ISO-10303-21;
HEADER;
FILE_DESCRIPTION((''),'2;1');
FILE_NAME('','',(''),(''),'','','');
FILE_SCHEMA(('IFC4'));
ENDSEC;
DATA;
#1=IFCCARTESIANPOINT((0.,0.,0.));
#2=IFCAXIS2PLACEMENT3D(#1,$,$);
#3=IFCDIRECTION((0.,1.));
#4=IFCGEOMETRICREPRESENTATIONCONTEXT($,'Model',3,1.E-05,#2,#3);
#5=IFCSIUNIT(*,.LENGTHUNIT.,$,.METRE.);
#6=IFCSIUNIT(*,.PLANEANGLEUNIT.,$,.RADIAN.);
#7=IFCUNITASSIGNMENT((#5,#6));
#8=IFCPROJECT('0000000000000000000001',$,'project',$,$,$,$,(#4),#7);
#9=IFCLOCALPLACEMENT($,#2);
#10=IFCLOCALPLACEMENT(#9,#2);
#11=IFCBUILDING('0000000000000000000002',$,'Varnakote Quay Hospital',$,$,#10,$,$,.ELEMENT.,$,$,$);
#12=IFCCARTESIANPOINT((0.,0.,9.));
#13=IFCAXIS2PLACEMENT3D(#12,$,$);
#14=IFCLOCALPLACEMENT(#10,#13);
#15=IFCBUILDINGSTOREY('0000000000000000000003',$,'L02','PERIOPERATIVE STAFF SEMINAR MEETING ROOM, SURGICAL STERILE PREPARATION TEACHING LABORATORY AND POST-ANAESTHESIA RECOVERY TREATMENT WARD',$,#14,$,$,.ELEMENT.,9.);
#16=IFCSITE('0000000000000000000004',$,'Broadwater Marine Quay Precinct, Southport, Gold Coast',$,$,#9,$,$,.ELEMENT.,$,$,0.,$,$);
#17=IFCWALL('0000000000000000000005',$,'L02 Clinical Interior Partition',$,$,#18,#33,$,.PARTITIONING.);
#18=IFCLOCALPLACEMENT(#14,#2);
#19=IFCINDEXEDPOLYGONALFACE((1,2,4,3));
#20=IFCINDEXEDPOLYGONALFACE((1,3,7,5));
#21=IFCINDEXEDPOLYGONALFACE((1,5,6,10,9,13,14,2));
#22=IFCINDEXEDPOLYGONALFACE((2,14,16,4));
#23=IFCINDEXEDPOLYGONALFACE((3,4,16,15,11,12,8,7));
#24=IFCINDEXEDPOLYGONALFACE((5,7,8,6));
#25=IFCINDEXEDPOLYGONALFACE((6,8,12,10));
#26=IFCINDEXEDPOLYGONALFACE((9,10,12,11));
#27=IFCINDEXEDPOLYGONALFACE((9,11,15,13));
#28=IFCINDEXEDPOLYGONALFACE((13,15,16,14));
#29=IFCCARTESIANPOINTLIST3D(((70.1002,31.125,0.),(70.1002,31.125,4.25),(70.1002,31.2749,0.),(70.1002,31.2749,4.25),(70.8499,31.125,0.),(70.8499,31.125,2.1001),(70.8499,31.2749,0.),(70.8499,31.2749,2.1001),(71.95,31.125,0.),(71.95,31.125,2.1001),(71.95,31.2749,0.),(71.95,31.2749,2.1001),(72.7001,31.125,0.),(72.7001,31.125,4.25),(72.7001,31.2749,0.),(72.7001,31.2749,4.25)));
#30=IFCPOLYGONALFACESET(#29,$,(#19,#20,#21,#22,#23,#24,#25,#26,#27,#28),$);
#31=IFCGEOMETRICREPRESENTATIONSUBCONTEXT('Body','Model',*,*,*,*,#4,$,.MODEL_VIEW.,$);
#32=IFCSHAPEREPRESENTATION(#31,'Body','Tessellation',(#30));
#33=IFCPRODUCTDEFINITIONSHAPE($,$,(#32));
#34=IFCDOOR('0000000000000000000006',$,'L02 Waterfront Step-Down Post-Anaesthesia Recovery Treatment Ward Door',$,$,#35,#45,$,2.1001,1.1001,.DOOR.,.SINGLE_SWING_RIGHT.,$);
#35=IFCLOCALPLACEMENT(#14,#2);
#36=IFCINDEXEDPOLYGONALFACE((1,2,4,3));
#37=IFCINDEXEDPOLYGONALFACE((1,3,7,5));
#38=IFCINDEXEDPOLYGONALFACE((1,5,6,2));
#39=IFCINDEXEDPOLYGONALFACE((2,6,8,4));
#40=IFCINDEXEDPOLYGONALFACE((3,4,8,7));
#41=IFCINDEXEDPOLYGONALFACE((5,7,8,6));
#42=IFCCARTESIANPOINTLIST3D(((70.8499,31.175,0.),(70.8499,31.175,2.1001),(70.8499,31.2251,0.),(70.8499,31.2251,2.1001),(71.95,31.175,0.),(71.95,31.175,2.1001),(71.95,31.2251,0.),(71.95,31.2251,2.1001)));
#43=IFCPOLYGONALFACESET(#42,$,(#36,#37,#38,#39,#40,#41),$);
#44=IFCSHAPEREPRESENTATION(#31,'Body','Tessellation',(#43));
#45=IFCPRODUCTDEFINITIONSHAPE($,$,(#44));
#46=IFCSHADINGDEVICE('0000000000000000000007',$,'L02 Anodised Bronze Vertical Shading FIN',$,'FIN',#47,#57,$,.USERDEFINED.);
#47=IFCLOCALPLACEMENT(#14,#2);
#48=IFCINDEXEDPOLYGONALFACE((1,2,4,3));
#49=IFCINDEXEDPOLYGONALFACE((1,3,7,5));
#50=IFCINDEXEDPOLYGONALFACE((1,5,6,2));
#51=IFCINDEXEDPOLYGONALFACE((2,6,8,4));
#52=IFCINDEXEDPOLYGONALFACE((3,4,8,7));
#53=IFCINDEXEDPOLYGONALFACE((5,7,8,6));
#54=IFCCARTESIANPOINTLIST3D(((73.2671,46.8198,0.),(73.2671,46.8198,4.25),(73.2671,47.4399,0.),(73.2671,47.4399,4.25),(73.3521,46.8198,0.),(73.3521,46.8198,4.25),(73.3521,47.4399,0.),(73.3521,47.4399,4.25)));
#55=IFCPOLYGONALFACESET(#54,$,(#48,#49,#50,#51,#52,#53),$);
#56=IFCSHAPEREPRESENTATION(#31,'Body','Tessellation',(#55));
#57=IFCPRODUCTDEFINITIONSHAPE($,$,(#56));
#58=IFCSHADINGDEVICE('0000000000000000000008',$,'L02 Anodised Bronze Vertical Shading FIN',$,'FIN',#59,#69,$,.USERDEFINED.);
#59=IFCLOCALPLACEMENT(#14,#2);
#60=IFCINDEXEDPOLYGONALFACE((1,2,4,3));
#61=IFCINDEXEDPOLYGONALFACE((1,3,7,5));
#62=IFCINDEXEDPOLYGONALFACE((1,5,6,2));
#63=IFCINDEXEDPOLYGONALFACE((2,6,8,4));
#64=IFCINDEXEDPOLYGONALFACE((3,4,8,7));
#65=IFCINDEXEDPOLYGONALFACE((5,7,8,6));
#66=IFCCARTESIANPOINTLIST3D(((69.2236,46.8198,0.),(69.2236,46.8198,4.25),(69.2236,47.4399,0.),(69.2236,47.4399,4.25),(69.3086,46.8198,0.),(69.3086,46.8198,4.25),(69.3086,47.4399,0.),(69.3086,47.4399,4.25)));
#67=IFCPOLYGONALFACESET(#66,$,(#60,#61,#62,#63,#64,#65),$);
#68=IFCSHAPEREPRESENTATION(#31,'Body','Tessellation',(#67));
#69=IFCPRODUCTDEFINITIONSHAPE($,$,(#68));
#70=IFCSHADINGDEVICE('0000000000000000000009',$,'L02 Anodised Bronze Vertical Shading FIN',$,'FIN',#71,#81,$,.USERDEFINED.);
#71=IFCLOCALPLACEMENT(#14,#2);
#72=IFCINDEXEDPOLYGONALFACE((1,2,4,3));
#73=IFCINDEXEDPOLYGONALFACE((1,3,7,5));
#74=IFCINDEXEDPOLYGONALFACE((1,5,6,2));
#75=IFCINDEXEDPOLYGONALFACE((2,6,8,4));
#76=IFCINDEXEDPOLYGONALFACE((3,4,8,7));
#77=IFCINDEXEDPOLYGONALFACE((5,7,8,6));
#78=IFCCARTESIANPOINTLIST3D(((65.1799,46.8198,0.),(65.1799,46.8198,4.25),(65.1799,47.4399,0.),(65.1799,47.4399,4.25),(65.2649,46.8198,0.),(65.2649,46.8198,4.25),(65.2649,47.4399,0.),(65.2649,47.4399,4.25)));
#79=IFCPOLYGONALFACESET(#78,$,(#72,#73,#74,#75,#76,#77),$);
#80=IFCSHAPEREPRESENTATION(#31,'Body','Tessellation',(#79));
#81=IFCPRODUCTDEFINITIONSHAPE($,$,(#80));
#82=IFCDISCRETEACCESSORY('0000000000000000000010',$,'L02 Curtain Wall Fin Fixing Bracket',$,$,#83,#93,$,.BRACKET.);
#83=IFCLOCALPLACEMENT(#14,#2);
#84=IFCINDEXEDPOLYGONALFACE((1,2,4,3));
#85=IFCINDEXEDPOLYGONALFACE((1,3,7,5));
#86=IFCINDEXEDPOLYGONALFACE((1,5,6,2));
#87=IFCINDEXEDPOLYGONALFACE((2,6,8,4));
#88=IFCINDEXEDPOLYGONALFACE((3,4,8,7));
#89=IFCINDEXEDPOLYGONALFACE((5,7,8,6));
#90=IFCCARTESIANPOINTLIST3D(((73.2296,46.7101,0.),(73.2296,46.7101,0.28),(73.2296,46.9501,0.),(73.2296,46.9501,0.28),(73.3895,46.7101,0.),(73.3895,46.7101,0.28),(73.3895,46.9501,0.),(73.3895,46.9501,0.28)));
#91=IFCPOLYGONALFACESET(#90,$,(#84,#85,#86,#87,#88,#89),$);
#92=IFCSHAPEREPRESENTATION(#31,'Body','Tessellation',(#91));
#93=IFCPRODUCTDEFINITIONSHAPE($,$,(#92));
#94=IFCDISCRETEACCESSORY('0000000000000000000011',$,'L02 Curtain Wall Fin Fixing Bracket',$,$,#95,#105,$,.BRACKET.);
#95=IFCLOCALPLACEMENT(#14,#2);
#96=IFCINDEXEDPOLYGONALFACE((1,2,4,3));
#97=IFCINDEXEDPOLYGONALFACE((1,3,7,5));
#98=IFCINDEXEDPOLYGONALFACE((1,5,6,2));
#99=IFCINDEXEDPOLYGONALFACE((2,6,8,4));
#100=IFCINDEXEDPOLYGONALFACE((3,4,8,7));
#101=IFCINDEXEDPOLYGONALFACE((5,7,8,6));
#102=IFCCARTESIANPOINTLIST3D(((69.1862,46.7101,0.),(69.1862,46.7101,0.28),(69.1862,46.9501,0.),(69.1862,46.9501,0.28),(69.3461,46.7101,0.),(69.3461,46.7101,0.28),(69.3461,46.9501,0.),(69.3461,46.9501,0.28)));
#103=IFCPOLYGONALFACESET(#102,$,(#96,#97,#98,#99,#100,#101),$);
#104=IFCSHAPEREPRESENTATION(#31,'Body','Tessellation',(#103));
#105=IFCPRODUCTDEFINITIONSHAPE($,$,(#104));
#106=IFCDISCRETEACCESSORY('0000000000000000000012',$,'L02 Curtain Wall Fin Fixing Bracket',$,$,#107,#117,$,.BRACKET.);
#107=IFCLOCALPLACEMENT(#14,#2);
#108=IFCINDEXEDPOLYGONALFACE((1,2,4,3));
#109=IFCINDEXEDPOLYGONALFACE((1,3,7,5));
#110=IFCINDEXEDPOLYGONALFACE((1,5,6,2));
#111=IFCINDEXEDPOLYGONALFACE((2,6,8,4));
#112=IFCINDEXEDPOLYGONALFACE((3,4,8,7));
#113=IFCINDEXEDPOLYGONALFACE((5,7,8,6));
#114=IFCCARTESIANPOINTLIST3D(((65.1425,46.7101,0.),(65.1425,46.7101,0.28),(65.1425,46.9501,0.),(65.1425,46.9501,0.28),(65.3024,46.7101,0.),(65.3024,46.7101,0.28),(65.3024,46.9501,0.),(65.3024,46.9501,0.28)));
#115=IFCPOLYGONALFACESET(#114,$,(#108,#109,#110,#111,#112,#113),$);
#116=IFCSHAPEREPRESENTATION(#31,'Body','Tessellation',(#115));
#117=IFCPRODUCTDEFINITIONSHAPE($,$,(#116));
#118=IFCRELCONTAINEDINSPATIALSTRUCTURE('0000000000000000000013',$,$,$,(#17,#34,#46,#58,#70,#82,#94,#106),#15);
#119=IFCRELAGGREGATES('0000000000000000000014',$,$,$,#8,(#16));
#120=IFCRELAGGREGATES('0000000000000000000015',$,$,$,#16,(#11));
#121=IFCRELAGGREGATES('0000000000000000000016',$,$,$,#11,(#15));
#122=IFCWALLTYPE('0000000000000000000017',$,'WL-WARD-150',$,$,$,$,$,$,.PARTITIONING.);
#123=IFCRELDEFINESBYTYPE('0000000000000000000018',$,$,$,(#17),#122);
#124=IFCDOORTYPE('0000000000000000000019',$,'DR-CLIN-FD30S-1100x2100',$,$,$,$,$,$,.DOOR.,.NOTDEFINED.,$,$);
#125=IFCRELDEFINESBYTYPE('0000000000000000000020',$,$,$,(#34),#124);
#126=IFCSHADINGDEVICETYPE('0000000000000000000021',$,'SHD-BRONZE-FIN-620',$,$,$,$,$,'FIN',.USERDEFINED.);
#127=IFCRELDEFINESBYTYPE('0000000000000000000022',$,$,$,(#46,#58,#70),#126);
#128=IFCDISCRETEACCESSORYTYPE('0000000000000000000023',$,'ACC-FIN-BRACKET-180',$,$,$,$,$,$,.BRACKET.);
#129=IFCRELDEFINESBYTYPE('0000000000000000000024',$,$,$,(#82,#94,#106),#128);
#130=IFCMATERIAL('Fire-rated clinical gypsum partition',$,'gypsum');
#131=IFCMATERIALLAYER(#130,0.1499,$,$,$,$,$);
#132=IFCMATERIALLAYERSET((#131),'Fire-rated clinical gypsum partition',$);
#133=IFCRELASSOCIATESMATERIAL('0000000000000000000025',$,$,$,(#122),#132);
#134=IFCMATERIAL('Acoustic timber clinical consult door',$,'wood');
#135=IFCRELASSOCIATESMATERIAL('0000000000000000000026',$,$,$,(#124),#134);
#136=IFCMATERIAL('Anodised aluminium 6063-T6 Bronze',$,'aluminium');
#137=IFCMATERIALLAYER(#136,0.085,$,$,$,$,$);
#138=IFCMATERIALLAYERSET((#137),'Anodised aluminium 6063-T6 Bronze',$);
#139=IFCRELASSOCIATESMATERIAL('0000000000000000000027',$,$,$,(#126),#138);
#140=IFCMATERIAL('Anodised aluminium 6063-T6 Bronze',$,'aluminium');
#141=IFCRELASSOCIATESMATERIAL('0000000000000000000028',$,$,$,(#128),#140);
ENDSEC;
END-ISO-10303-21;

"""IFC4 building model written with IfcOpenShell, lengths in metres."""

from ifc_helpers import new_model, si_unit, direction, frame, frame_2d, origin, origin_2d, place, context, subcontext, project, spatial, rectangle, extrude, material, layer, layer_set, type_object, element, fill, save


model = new_model("IFC4")

# Units and contexts
model_context = context("Model", 3, precision=1e-05, world=origin(), true_north=direction((0.0, 1.0)))
body_context = subcontext(model_context, "Body", "Model", "MODEL_VIEW")
ifc_project = project(units=[si_unit("LENGTHUNIT", "METRE"), si_unit("PLANEANGLEUNIT", "RADIAN")], contexts=[model_context])

# Site, building, storey
site_placement = place(None, origin())
site = spatial("IfcSite", under=ifc_project, at=site_placement, Name="Broadwater Marine Quay Precinct, Southport, Gold Coast", CompositionType="ELEMENT", RefElevation=0.0)
building_placement = place(site_placement, origin())
building = spatial("IfcBuilding", under=site, at=building_placement, Name="Varnakote Quay Hospital", CompositionType="ELEMENT")
storey_placement = place(building_placement, frame((0.0, 0.0, 9.0)))
storey = spatial("IfcBuildingStorey", under=building, at=storey_placement, Name="L02", Description="PERIOPERATIVE STAFF SEMINAR MEETING ROOM, SURGICAL STERILE PREPARATION TEACHING LABORATORY AND POST-ANAESTHESIA RECOVERY TREATMENT WARD", CompositionType="ELEMENT", Elevation=9.0)

# Shared definitions
ifc_material_1 = material(Name="Fire-rated clinical gypsum partition", Category="gypsum")
ifc_layer_1 = layer(ifc_material_1, 0.1499)
ifc_layer_set_1 = layer_set([ifc_layer_1], Name="Fire-rated clinical gypsum partition")
wall_type_1 = type_object("IfcWallType", Name="WL-WARD-150", PredefinedType="PARTITIONING", material=ifc_layer_set_1)

# Wall, opening, door
wall_1_placement = place(storey_placement, frame((72.7, 31.2, 0.0), z_axis=(0.0, 0.0, 1.0), x_axis=(-1.0, 0.0, 0.0)))
wall_1 = element("IfcWall", 1, at=wall_1_placement, inside=storey, type_object=wall_type_1, Name="L02 Clinical Interior Partition", PredefinedType="PARTITIONING", context=body_context, shape_type="SweptSolid", body=[
    extrude(rectangle(XDim=2.5999, YDim=0.1499, at=frame_2d((1.2998, 0.0))), origin(), (0.0, 0.0, 1.0), 4.25),
])
opening_1_placement = place(wall_1_placement, frame((0.75, 0.0, 0.0)))
opening_1 = element("IfcOpeningElement", 2, at=opening_1_placement, cuts=wall_1, PredefinedType="OPENING", context=body_context, shape_type="SweptSolid", body=[
    extrude(rectangle(XDim=1.1001, YDim=2.1001, at=frame_2d((0.55, 1.05))), frame((0.0, 0.085, 0.0), z_axis=(0.0, -1.0, 0.0), x_axis=(1.0, 0.0, 0.0)), (0.0, 0.0, 1.0), 0.1699),
])
ifc_material_2 = material(Name="Acoustic timber clinical consult door", Category="wood")
door_type_1 = type_object("IfcDoorType", Name="DR-CLIN-FD30S-1100x2100", OperationType="NOTDEFINED", PredefinedType="DOOR", material=ifc_material_2)
door_1_placement = place(opening_1_placement, origin())
door_1 = element("IfcDoor", 3, at=door_1_placement, inside=storey, type_object=door_type_1, Name="L02 Waterfront Step-Down Post-Anaesthesia Recovery Treatment Ward Door", OperationType="SINGLE_SWING_RIGHT", OverallHeight=2.1001, OverallWidth=1.1001, PredefinedType="DOOR", context=body_context, shape_type="SweptSolid", body=[
    extrude(rectangle(XDim=1.1001, YDim=2.1001, at=frame_2d((0.55, 1.05))), frame((0.0, 0.0249, 0.0), z_axis=(0.0, -1.0, 0.0), x_axis=(1.0, 0.0, 0.0)), (0.0, 0.0, 1.0), 0.05),
])
fill(opening_1, door_1)

# Shading devices
ifc_material_3 = material(Name="Anodised aluminium 6063-T6 Bronze", Category="aluminium")
ifc_layer_2 = layer(ifc_material_3, 0.085)
ifc_layer_set_2 = layer_set([ifc_layer_2], Name="Anodised aluminium 6063-T6 Bronze")
shading_device_type = type_object("IfcShadingDeviceType", Name="SHD-BRONZE-FIN-620", ElementType="FIN", PredefinedType="USERDEFINED", material=ifc_layer_set_2)
for number, where, z_axis, x_axis, name in (
    (4, (73.3096, 47.1299, 0.0), (0.0, 0.0, 1.0), (0.0, -1.0, 0.0), "L02 Anodised Bronze Vertical Shading FIN"),
    (5, (69.2661, 47.1299, 0.0), (0.0, 0.0, 1.0), (0.0, -1.0, 0.0), "L02 Anodised Bronze Vertical Shading FIN"),
    (6, (65.2224, 47.1299, 0.0), (0.0, 0.0, 1.0), (0.0, -1.0, 0.0), "L02 Anodised Bronze Vertical Shading FIN"),
):
    element("IfcShadingDevice", number, at=place(storey_placement, frame(where, z_axis=z_axis, x_axis=x_axis)), inside=storey, type_object=shading_device_type, Name=name, ObjectType="FIN", PredefinedType="USERDEFINED", context=body_context, shape_type="SweptSolid", body=[
        extrude(rectangle(XDim=0.6201, YDim=0.085, at=origin_2d()), origin(), (0.0, 0.0, 1.0), 4.25),
    ])

# Discrete accessories
ifc_material_4 = material(Name="Anodised aluminium 6063-T6 Bronze", Category="aluminium")
discrete_accessory_type = type_object("IfcDiscreteAccessoryType", Name="ACC-FIN-BRACKET-180", PredefinedType="BRACKET", material=ifc_material_4)
for number, where, z_axis, x_axis, name in (
    (7, (73.3096, 46.8301, 0.0), (0.0, 0.0, 1.0), (-1.0, 0.0, 0.0), "L02 Curtain Wall Fin Fixing Bracket"),
    (8, (69.2661, 46.8301, 0.0), (0.0, 0.0, 1.0), (-1.0, 0.0, 0.0), "L02 Curtain Wall Fin Fixing Bracket"),
    (9, (65.2224, 46.8301, 0.0), (0.0, 0.0, 1.0), (-1.0, 0.0, 0.0), "L02 Curtain Wall Fin Fixing Bracket"),
):
    element("IfcDiscreteAccessory", number, at=place(storey_placement, frame(where, z_axis=z_axis, x_axis=x_axis)), inside=storey, type_object=discrete_accessory_type, Name=name, PredefinedType="BRACKET", context=body_context, shape_type="SweptSolid", body=[
        extrude(rectangle(XDim=0.1599, YDim=0.24, at=origin_2d()), origin(), (0.0, 0.0, 1.0), 0.28),
    ])

save(model, "model.ifc")
